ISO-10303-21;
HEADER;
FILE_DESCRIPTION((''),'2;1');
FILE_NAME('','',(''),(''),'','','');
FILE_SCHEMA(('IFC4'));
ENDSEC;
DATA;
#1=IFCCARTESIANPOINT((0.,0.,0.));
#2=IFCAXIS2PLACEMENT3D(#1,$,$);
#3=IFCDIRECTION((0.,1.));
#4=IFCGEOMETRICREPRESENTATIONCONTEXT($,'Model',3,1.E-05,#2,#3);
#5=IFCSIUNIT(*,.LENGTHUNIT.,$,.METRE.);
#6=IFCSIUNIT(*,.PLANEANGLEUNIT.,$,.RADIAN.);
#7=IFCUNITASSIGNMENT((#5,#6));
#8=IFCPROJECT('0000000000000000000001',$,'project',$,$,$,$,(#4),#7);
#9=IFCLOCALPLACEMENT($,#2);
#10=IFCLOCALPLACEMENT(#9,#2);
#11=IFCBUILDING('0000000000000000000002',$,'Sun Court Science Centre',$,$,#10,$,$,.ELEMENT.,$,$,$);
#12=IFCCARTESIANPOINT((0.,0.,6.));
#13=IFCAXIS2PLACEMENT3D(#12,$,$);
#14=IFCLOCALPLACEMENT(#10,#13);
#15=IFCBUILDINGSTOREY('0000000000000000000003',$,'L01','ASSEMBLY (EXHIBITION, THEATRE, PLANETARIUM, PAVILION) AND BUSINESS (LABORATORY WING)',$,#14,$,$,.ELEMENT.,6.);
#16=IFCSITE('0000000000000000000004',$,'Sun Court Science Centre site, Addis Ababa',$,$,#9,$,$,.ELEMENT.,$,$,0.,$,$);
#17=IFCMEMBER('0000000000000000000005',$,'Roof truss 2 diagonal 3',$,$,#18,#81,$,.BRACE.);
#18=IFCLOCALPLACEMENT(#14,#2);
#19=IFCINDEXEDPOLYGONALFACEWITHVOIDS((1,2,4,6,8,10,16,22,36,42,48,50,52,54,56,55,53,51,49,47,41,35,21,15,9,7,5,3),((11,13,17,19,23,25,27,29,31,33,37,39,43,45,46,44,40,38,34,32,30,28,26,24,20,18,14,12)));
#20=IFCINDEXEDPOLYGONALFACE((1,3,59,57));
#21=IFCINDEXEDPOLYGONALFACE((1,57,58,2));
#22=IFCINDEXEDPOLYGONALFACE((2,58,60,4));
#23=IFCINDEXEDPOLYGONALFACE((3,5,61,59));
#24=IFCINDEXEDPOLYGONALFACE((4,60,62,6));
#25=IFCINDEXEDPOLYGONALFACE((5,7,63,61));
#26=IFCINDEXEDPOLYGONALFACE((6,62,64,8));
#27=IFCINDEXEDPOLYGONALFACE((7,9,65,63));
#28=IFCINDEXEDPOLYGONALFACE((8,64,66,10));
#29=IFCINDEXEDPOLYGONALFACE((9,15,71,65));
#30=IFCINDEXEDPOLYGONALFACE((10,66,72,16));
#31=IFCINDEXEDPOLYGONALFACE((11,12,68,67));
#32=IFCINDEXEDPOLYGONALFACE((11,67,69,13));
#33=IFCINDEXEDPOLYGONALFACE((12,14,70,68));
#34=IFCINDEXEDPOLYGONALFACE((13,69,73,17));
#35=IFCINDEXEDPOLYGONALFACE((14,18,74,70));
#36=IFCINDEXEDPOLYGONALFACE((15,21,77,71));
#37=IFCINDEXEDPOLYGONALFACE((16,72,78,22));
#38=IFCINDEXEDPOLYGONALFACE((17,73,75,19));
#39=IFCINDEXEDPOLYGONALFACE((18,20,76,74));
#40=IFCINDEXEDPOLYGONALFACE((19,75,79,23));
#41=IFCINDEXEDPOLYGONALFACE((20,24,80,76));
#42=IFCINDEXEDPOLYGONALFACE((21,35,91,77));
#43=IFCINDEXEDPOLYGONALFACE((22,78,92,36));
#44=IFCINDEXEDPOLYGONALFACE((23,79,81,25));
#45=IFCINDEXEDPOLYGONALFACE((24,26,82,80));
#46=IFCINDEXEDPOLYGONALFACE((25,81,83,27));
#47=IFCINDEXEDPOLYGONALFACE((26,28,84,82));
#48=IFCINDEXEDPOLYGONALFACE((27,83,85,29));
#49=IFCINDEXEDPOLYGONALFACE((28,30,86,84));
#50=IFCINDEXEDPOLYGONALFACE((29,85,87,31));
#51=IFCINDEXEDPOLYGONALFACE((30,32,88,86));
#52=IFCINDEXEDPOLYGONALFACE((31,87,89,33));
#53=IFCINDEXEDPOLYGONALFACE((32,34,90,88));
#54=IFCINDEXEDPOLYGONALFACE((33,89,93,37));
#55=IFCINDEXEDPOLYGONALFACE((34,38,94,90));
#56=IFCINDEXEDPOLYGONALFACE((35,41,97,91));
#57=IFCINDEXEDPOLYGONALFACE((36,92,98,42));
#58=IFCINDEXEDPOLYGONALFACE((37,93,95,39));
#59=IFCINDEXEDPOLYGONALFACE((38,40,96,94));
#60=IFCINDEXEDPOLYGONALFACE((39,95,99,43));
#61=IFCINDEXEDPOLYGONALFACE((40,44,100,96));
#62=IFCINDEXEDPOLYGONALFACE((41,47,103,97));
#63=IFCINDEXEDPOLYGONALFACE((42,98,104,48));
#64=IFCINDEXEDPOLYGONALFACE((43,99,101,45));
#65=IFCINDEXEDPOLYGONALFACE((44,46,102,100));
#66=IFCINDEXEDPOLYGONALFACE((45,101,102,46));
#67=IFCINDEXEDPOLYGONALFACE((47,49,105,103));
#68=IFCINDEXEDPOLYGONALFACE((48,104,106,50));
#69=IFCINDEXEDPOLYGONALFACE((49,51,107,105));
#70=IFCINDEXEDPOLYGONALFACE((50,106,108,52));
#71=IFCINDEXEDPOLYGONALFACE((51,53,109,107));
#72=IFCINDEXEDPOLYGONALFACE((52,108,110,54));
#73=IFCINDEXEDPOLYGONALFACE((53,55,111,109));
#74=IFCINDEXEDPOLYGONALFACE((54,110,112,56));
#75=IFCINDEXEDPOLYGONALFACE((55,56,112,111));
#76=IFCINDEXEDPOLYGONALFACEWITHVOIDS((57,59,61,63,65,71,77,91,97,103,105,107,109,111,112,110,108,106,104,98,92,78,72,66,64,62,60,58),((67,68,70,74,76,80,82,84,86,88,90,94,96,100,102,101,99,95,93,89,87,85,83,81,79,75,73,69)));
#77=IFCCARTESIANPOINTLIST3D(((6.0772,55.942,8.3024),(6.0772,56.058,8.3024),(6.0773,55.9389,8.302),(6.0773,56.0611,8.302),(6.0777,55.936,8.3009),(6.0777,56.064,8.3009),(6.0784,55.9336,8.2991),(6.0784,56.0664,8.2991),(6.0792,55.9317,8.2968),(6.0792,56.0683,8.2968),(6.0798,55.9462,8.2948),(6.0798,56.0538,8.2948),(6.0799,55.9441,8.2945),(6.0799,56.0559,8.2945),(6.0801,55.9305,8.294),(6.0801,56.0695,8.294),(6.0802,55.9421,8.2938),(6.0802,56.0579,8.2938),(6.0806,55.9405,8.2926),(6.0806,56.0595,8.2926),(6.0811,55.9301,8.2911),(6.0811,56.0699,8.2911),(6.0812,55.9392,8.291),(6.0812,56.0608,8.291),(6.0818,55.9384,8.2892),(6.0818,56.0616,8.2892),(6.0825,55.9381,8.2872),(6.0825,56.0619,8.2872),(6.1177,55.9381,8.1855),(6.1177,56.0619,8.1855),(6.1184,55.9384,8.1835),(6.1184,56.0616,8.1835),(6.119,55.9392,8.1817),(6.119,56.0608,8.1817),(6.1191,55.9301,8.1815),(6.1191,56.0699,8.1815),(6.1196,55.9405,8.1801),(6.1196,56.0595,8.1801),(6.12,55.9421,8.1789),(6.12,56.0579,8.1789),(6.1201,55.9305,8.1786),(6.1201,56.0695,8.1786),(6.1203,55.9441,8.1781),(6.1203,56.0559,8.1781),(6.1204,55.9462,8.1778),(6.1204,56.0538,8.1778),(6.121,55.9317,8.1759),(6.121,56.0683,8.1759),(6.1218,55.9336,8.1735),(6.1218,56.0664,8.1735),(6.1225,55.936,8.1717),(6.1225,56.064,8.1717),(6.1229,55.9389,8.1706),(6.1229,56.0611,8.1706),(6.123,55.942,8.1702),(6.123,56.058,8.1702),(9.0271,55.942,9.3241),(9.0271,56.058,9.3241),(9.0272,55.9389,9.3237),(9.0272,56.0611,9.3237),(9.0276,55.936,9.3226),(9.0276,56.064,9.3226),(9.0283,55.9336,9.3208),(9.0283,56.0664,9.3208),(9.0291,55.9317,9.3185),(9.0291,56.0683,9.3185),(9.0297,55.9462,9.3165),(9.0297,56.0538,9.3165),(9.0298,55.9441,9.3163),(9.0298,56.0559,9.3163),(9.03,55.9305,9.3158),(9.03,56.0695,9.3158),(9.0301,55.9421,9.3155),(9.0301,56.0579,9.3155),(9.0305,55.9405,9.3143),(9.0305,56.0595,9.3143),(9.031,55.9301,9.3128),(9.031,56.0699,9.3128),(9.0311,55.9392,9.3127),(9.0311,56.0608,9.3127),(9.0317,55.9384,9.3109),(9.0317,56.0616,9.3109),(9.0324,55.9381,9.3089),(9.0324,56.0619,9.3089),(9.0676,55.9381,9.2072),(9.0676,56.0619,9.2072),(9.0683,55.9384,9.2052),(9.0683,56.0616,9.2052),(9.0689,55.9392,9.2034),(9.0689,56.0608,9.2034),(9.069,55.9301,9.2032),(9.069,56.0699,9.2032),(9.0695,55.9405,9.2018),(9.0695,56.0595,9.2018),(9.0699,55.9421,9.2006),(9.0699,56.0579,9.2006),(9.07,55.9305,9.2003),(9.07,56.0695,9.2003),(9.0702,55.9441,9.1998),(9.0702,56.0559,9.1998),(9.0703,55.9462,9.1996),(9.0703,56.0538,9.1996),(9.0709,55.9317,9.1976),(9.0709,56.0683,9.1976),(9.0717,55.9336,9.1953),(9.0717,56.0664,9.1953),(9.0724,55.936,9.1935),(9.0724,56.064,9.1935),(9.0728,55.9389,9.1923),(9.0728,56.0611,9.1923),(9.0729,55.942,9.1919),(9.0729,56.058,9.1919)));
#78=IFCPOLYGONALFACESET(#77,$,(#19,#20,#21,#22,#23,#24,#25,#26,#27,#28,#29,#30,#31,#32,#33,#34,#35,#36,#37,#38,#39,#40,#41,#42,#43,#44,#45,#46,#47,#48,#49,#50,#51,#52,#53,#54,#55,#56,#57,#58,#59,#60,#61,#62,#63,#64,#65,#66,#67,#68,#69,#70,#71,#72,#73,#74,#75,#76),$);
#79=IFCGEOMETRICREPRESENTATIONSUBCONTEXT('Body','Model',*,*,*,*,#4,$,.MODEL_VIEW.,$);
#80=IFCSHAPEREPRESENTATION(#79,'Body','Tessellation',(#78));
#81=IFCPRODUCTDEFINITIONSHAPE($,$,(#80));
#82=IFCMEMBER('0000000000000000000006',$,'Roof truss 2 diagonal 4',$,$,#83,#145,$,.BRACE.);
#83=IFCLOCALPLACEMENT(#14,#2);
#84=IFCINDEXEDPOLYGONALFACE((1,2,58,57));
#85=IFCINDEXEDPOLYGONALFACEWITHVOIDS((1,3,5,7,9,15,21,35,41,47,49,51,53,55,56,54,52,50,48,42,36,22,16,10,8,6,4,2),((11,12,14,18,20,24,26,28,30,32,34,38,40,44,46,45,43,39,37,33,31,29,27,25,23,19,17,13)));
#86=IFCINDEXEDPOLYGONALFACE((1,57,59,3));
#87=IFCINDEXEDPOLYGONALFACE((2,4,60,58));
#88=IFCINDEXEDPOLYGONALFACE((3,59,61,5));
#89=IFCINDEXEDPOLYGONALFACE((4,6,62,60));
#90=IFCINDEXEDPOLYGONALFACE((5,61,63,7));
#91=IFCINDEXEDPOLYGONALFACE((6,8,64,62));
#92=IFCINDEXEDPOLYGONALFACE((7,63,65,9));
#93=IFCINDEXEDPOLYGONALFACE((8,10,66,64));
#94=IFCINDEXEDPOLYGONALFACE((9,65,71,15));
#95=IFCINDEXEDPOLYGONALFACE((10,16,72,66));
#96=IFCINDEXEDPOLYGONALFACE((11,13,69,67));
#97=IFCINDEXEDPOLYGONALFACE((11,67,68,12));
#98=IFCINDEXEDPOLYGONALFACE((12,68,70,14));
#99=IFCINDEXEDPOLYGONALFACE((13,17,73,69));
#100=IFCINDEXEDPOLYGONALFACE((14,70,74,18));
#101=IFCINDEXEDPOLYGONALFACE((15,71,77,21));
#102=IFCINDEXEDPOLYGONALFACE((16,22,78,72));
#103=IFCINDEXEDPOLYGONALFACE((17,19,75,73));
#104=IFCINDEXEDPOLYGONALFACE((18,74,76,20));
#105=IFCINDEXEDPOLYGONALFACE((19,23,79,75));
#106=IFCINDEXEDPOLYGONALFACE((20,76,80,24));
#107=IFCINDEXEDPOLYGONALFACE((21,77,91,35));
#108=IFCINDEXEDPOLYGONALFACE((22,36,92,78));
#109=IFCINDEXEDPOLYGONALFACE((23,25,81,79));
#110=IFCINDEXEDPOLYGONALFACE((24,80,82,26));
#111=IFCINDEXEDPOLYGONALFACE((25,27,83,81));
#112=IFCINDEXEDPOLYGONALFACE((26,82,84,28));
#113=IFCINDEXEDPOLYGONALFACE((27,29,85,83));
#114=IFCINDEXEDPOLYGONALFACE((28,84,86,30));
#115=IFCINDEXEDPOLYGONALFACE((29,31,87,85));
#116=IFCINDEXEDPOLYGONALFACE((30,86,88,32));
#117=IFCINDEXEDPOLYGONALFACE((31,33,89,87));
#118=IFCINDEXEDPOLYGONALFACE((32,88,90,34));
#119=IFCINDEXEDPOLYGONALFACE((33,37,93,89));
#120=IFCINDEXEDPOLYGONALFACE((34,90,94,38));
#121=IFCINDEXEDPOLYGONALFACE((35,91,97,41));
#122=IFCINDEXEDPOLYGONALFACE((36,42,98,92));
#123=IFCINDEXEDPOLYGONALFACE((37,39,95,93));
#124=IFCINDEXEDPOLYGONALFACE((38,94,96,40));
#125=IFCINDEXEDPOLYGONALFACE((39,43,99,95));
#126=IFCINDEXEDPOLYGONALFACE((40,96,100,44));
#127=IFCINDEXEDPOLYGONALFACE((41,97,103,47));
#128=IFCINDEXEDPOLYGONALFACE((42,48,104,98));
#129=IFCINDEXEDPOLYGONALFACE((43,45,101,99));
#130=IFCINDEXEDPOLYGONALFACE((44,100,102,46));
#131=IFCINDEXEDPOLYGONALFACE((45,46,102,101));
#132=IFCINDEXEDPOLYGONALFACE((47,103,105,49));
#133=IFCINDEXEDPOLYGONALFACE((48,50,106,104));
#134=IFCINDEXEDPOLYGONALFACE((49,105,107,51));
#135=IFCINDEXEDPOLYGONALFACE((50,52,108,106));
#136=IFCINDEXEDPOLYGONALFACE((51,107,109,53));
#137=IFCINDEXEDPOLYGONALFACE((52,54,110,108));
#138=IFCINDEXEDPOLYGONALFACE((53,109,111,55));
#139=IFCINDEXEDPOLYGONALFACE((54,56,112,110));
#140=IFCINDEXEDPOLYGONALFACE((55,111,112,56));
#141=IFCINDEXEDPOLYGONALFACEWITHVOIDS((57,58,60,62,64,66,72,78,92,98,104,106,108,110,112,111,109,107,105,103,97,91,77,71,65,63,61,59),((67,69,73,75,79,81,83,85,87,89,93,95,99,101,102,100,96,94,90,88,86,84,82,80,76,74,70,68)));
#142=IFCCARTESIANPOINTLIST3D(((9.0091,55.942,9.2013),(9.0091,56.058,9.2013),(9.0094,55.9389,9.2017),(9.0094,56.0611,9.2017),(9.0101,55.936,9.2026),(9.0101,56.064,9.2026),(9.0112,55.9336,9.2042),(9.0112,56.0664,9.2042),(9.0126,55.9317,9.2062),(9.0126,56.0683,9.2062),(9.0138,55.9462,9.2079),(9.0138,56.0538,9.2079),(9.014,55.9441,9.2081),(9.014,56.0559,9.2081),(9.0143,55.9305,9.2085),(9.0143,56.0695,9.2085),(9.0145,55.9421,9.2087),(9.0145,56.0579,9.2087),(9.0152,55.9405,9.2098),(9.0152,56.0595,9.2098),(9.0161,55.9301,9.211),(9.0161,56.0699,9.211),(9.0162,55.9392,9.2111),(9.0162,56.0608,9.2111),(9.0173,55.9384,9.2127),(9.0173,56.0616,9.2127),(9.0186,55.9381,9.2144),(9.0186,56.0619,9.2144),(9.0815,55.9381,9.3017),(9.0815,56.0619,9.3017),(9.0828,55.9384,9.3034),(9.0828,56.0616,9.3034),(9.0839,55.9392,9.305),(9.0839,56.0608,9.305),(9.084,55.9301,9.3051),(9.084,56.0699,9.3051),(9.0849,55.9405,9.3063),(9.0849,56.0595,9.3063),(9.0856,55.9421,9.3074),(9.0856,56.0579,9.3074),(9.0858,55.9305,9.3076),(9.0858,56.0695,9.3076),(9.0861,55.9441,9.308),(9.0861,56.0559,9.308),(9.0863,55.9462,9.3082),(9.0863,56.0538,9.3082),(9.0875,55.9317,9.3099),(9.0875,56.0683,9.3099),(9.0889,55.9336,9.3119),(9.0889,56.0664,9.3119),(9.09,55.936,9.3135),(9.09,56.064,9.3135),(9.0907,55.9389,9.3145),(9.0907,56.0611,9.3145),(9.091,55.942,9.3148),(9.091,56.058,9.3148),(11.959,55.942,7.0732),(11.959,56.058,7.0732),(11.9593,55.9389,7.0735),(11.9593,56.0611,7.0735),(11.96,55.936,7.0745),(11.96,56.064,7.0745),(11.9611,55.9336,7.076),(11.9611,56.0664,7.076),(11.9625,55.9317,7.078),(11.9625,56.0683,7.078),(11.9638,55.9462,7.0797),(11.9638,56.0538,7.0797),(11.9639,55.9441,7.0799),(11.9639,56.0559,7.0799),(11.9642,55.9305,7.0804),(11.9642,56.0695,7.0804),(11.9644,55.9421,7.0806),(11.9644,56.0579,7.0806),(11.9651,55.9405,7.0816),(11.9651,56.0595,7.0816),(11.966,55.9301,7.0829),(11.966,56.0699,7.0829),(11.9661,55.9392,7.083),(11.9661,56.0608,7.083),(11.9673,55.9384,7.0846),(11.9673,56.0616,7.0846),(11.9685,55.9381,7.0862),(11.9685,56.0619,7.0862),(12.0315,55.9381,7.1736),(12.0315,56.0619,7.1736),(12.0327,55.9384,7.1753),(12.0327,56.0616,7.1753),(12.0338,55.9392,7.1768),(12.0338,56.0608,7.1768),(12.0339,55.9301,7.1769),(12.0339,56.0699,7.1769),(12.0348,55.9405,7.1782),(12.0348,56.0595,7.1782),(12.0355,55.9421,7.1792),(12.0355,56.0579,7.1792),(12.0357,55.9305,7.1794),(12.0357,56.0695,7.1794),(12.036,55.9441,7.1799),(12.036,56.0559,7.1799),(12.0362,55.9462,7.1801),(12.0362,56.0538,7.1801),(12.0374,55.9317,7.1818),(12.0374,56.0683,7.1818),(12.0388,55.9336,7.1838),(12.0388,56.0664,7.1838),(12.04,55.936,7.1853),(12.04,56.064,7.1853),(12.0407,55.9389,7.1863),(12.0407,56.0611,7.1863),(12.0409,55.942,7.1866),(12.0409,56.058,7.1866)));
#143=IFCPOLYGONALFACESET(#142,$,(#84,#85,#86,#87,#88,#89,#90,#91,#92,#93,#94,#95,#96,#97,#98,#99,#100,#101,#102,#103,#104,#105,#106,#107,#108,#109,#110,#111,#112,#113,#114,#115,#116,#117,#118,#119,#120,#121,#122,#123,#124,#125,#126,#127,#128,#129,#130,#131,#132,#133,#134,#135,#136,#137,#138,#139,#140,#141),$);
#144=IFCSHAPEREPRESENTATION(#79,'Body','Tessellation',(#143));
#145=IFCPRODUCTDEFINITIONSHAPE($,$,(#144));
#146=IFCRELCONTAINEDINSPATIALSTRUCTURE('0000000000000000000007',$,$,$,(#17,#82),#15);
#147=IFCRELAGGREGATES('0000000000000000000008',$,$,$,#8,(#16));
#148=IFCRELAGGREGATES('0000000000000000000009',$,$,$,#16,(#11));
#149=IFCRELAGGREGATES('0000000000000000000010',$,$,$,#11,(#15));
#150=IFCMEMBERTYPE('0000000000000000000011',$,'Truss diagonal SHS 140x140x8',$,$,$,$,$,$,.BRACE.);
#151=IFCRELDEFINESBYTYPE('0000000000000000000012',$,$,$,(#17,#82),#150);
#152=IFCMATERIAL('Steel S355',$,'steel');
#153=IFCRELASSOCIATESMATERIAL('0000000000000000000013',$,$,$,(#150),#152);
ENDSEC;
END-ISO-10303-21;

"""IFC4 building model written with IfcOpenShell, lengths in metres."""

from ifc_helpers import new_model, si_unit, direction, frame, origin, origin_2d, place, context, subcontext, project, spatial, hollow_rectangle, extrude, material, material_profile, profile_set, type_object, element, save


model = new_model("IFC4")

# Units and contexts
model_context = context("Model", 3, precision=1e-05, world=origin(), true_north=direction((0.0, 1.0)))
body_context = subcontext(model_context, "Body", "Model", "MODEL_VIEW")
ifc_project = project(units=[si_unit("LENGTHUNIT", "METRE"), si_unit("PLANEANGLEUNIT", "RADIAN")], contexts=[model_context])

# Site, building, storey
site_placement = place(None, origin())
site = spatial("IfcSite", under=ifc_project, at=site_placement, Name="Sun Court Science Centre site, Addis Ababa", CompositionType="ELEMENT", RefElevation=0.0)
building_placement = place(site_placement, origin())
building = spatial("IfcBuilding", under=site, at=building_placement, Name="Sun Court Science Centre", CompositionType="ELEMENT")
storey_placement = place(building_placement, frame((0.0, 0.0, 6.0)))
storey = spatial("IfcBuildingStorey", under=building, at=storey_placement, Name="L01", Description="ASSEMBLY (EXHIBITION, THEATRE, PLANETARIUM, PAVILION) AND BUSINESS (LABORATORY WING)", CompositionType="ELEMENT", Elevation=6.0)

# Members
ifc_material_1 = material(Name="Steel S355", Category="steel")
ifc_material_profile_1 = material_profile(ifc_material_1, hollow_rectangle(XDim=0.1399, YDim=0.1399, WallThickness=0.0081, InnerFilletRadius=0.0081, OuterFilletRadius=0.012, at=origin_2d()), Name="SHS 140x140x8")
ifc_profile_set_1 = profile_set([ifc_material_profile_1], Name="Steel S355")
member_type_1 = type_object("IfcMemberType", Name="Truss diagonal SHS 140x140x8", PredefinedType="BRACE", material=ifc_profile_set_1)
member_1_placement = place(storey_placement, frame((6.1001, 56.0, 8.2363), z_axis=(0.944927, 0.0, 0.32728), x_axis=(0.0, 1.0, 0.0)))
element("IfcMember", 1, at=member_1_placement, inside=storey, type_object=member_type_1, Name="Roof truss 2 diagonal 3", PredefinedType="BRACE", context=body_context, shape_type="SweptSolid", body=[
    extrude(hollow_rectangle(XDim=0.1399, YDim=0.1399, WallThickness=0.0081, InnerFilletRadius=0.0081, OuterFilletRadius=0.012, at=origin_2d()), origin(), (0.0, 0.0, 1.0), 3.1218),
])
member_2_placement = place(storey_placement, frame((9.05, 56.0, 9.2581), z_axis=(0.810985, 0.0, -0.585067), x_axis=(0.0, 1.0, 0.0)))
element("IfcMember", 2, at=member_2_placement, inside=storey, type_object=member_type_1, Name="Roof truss 2 diagonal 4", PredefinedType="BRACE", context=body_context, shape_type="SweptSolid", body=[
    extrude(hollow_rectangle(XDim=0.1399, YDim=0.1399, WallThickness=0.0081, InnerFilletRadius=0.0081, OuterFilletRadius=0.012, at=origin_2d()), origin(), (0.0, 0.0, 1.0), 3.6375),
])

save(model, "model.ifc")
